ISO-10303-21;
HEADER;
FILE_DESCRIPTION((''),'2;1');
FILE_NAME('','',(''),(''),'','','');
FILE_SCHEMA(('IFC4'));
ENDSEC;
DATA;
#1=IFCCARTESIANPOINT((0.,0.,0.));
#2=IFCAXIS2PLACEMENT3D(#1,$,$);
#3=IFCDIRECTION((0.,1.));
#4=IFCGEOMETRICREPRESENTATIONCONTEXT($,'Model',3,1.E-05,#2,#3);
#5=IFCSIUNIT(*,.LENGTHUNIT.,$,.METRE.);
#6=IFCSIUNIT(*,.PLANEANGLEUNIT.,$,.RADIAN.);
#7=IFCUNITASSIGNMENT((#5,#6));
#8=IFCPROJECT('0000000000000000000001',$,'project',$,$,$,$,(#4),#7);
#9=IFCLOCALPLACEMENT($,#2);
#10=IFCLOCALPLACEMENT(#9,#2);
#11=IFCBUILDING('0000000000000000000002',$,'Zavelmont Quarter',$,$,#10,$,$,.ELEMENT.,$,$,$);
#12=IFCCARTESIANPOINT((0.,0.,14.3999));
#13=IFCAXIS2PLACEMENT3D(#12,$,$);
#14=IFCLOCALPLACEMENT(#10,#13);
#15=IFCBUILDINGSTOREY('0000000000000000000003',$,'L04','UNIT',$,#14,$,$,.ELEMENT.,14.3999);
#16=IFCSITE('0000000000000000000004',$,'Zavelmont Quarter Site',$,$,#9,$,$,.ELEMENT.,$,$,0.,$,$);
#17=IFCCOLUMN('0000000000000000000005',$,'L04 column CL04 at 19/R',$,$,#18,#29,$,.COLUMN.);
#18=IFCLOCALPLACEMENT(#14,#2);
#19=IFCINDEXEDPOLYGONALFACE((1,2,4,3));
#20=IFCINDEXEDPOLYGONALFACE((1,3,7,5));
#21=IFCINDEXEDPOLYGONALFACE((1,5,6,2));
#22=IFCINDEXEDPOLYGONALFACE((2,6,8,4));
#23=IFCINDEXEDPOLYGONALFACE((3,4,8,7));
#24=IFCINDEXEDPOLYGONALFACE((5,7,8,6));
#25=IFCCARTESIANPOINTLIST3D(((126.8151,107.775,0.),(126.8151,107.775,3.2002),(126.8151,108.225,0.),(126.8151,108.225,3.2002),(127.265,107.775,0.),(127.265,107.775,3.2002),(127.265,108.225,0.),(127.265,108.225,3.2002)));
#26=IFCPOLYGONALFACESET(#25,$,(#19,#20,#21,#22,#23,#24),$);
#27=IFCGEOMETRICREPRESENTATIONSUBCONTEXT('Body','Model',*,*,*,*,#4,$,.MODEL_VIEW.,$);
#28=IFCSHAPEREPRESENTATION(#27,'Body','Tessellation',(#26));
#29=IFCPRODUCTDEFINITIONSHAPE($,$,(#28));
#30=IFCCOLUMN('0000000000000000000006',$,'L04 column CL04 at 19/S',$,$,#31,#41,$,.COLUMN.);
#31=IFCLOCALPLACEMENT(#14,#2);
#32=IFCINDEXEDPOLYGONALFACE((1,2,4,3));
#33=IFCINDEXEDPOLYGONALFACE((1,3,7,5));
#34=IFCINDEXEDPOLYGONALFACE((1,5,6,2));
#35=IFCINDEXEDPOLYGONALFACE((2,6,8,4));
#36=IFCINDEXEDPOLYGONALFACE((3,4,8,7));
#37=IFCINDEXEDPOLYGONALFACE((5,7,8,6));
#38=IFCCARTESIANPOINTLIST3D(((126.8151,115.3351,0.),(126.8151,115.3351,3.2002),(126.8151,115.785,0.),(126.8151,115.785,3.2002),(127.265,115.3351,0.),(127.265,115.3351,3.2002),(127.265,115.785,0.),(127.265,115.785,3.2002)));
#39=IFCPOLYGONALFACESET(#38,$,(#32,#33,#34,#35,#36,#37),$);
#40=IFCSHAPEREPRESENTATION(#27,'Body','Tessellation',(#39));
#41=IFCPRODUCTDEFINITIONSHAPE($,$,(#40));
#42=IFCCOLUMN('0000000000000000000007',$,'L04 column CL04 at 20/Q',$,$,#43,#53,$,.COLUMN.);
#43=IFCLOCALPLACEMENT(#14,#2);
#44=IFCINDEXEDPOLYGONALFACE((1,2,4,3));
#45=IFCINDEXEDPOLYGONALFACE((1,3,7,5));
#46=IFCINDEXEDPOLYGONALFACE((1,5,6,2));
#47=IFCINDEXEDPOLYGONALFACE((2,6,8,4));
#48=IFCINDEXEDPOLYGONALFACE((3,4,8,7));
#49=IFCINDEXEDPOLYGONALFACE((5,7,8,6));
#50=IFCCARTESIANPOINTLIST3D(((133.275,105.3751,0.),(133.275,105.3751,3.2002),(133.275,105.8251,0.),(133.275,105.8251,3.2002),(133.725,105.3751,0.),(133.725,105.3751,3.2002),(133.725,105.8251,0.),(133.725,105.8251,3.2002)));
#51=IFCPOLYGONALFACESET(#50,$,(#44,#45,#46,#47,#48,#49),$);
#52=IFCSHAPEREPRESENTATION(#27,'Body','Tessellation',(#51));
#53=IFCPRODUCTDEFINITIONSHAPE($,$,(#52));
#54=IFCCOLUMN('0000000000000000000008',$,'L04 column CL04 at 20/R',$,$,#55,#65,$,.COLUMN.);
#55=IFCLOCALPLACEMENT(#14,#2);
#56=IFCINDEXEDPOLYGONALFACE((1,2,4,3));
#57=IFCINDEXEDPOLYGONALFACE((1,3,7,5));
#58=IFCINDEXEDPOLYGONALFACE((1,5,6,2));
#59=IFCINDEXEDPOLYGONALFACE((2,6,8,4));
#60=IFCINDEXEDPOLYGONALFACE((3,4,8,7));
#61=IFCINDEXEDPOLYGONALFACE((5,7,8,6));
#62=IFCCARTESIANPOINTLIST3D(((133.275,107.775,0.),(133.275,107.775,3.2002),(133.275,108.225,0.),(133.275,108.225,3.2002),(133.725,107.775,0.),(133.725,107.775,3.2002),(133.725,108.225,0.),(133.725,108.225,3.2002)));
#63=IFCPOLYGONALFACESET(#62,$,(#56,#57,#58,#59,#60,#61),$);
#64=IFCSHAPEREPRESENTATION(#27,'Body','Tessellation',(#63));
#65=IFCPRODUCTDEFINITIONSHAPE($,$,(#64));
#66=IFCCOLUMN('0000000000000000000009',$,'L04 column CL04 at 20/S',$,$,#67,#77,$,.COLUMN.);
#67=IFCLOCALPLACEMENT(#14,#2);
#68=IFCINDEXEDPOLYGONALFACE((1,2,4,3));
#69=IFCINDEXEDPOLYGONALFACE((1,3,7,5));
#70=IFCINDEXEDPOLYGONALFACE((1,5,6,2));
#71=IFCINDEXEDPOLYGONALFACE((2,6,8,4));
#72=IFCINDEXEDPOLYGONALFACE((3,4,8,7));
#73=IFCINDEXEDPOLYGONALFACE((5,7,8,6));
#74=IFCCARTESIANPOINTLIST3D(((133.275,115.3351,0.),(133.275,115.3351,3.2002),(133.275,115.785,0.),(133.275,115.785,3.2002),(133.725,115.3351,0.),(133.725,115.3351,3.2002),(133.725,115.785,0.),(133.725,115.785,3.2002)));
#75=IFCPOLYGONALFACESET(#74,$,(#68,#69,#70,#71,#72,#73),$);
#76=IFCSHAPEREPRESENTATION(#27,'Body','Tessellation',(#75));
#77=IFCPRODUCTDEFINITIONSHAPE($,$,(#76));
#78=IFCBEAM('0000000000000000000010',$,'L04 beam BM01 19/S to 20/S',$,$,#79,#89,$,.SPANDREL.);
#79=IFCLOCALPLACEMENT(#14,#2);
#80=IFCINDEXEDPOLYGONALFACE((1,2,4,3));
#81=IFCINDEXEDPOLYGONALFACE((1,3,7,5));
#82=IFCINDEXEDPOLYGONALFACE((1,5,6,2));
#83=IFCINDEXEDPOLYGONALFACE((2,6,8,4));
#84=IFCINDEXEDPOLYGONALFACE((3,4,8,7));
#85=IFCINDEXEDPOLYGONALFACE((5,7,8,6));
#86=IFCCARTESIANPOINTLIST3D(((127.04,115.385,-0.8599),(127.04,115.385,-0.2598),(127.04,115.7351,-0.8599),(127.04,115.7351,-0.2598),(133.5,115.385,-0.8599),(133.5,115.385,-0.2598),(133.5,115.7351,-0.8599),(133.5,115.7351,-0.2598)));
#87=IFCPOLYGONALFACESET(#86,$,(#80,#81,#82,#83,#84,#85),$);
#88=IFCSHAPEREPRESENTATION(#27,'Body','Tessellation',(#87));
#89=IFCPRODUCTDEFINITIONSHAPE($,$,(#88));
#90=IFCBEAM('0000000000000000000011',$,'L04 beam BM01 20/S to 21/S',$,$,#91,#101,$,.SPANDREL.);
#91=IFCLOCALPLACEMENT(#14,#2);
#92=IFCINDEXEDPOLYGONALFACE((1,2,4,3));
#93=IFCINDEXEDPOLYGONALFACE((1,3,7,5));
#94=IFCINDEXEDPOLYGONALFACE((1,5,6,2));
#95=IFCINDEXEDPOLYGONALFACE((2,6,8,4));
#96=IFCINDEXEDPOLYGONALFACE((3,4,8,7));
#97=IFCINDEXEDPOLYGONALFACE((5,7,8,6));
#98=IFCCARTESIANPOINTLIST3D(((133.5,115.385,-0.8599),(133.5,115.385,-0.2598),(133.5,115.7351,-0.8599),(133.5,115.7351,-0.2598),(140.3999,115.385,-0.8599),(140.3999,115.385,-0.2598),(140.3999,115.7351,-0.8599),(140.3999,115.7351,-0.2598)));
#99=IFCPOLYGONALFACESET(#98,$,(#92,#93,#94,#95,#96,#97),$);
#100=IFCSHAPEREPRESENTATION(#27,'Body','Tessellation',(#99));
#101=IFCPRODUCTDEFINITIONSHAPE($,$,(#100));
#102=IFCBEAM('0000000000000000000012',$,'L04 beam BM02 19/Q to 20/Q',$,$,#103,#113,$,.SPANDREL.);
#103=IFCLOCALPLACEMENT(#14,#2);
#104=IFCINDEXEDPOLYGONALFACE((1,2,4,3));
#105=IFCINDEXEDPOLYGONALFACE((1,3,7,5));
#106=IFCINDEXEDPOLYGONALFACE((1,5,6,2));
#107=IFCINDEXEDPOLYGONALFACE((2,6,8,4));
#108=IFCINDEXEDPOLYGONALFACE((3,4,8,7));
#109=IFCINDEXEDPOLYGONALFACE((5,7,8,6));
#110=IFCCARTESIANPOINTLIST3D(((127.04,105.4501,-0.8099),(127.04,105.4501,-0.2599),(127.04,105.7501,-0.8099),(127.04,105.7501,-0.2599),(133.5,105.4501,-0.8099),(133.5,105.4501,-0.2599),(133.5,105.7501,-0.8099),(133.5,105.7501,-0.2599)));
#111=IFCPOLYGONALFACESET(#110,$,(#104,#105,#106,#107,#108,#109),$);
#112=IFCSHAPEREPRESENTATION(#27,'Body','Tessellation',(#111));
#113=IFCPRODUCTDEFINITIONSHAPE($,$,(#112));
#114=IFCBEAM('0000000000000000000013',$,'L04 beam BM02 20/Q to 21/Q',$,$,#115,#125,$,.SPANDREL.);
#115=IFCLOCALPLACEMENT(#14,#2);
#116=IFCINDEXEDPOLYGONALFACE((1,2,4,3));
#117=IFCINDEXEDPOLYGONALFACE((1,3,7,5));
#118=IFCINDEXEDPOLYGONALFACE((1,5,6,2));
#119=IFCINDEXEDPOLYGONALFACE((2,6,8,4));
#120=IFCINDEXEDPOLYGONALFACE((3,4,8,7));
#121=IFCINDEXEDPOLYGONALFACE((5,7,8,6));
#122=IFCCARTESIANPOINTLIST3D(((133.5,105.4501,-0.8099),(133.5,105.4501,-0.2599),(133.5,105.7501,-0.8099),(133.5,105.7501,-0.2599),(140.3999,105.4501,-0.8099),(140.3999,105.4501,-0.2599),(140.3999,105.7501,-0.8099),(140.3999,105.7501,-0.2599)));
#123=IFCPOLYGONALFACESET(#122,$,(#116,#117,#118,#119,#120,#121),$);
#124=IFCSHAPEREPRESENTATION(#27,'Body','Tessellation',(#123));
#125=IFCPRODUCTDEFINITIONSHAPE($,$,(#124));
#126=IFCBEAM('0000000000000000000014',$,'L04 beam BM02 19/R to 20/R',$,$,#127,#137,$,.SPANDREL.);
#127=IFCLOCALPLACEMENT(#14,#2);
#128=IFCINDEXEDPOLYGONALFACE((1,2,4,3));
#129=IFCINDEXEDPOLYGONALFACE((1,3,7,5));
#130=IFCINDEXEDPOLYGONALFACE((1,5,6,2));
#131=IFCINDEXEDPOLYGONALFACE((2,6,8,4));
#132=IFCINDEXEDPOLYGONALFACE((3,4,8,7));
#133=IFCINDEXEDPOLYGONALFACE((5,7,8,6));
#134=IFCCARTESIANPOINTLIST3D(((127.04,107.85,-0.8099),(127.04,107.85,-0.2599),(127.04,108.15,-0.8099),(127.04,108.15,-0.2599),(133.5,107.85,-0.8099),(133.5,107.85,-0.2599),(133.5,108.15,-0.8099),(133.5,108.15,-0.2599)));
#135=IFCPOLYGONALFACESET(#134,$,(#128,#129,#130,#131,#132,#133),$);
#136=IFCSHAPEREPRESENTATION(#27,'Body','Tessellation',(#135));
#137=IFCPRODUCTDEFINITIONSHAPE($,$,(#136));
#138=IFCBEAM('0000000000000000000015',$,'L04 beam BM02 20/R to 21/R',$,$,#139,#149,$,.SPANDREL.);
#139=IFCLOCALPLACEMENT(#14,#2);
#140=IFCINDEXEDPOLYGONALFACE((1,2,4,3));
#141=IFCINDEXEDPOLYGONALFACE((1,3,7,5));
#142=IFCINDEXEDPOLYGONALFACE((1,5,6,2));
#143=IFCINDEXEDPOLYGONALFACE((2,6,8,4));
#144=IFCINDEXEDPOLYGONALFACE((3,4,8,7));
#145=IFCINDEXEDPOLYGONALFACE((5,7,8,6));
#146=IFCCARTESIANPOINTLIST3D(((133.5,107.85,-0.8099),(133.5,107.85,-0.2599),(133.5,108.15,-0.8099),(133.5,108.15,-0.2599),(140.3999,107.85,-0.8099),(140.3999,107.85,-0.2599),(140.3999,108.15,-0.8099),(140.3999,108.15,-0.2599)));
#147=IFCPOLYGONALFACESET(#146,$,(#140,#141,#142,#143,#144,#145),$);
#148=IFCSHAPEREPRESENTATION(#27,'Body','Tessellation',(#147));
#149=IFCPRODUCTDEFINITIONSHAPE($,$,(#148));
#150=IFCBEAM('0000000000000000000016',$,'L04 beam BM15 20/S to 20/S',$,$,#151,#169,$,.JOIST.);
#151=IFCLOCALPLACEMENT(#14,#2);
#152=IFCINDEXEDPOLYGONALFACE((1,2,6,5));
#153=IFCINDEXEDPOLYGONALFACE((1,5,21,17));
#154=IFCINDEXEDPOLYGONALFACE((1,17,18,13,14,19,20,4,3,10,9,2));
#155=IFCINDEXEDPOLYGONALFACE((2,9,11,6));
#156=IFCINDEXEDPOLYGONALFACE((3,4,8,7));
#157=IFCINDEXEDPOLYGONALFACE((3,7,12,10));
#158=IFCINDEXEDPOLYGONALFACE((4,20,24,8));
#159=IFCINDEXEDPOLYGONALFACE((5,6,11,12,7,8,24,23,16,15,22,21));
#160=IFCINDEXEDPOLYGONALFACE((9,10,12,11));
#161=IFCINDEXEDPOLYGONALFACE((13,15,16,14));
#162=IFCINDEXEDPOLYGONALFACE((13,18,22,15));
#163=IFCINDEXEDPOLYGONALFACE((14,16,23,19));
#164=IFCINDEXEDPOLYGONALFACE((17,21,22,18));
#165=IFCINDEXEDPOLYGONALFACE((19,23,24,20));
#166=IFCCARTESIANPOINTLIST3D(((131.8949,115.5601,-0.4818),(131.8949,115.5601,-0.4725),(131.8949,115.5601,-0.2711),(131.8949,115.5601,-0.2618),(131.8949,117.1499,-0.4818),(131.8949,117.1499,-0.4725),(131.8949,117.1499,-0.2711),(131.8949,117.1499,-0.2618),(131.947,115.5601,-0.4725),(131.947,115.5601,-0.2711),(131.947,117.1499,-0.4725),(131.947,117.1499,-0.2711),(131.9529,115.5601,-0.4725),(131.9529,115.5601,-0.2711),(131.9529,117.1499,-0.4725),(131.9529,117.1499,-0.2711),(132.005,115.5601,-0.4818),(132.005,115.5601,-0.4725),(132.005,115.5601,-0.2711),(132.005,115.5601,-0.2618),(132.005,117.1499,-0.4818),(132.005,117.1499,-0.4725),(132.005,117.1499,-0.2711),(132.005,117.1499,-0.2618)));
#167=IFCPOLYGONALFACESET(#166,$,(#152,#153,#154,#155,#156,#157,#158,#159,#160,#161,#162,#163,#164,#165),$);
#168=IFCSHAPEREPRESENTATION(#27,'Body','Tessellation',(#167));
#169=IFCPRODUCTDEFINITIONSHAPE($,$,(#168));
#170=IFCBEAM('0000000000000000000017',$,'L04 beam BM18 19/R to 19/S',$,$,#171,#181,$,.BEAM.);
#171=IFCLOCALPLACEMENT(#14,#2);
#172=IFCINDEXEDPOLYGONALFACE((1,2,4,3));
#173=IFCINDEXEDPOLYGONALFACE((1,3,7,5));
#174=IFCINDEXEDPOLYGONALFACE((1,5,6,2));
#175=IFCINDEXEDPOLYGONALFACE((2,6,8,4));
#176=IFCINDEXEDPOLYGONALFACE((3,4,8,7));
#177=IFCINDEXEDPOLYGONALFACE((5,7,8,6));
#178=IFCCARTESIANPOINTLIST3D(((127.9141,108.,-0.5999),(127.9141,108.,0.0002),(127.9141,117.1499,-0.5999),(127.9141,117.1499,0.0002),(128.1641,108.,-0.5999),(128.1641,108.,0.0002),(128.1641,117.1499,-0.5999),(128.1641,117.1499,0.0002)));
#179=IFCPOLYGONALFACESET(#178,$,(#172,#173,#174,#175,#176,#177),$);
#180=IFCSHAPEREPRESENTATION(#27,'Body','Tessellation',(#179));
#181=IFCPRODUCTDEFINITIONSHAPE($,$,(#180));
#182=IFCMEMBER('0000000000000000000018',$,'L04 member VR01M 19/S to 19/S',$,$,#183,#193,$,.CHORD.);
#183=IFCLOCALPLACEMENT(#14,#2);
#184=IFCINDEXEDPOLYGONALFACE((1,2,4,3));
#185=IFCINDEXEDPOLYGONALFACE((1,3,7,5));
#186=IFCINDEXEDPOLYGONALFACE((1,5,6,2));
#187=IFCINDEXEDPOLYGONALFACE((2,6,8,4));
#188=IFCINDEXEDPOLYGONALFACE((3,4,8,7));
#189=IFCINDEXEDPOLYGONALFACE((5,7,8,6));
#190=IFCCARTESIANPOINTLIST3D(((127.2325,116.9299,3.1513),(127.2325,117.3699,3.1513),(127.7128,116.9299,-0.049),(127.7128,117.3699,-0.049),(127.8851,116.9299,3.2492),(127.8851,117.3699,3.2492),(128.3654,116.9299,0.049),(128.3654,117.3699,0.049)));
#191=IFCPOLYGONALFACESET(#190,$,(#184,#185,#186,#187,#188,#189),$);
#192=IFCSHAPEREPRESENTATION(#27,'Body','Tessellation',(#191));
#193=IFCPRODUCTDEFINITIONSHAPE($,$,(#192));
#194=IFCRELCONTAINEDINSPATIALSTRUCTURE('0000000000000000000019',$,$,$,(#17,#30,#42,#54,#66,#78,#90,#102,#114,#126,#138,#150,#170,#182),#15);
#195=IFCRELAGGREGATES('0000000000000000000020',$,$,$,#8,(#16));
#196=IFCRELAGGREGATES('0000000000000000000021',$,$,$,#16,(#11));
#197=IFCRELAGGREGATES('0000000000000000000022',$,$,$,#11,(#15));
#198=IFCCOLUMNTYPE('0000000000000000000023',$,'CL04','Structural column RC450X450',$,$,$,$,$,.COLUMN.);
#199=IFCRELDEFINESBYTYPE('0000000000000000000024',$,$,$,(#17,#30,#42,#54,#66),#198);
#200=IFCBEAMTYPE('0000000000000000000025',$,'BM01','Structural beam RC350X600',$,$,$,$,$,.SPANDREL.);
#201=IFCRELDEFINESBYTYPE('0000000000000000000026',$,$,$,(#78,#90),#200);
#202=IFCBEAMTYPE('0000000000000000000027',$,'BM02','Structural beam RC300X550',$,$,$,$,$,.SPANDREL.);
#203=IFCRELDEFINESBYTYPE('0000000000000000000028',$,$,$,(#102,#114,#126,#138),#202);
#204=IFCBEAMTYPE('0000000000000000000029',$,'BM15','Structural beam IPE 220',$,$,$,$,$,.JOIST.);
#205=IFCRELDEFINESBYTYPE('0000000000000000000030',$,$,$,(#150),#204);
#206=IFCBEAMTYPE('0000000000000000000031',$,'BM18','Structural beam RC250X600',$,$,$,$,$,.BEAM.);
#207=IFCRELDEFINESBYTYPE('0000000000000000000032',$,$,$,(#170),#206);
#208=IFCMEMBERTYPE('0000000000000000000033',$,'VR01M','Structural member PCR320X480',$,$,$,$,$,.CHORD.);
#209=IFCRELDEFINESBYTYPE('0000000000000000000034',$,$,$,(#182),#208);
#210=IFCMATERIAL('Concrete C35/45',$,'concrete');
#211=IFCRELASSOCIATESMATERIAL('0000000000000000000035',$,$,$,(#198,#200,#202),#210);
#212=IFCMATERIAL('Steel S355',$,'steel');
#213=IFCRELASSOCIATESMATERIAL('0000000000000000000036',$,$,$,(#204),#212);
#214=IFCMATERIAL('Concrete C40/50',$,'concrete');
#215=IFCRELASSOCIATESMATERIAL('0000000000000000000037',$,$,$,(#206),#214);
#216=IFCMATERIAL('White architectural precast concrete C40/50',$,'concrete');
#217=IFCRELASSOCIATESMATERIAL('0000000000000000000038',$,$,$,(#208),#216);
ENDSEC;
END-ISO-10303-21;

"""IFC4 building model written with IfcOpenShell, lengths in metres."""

from ifc_helpers import new_model, si_unit, direction, frame, origin, origin_2d, place, context, subcontext, project, spatial, rectangle, i_section, extrude, material, material_profile, profile_set, type_object, element, save


model = new_model("IFC4")

# Units and contexts
model_context = context("Model", 3, precision=1e-05, world=origin(), true_north=direction((0.0, 1.0)))
body_context = subcontext(model_context, "Body", "Model", "MODEL_VIEW")
ifc_project = project(units=[si_unit("LENGTHUNIT", "METRE"), si_unit("PLANEANGLEUNIT", "RADIAN")], contexts=[model_context])

# Site, building, storey
site_placement = place(None, origin())
site = spatial("IfcSite", under=ifc_project, at=site_placement, Name="Zavelmont Quarter Site", CompositionType="ELEMENT", RefElevation=0.0)
building_placement = place(site_placement, origin())
building = spatial("IfcBuilding", under=site, at=building_placement, Name="Zavelmont Quarter", CompositionType="ELEMENT")
storey_placement = place(building_placement, frame((0.0, 0.0, 14.3999)))
storey = spatial("IfcBuildingStorey", under=building, at=storey_placement, Name="L04", Description="UNIT", CompositionType="ELEMENT", Elevation=14.3999)

# Columns
ifc_material_1 = material(Name="Concrete C35/45", Category="concrete")
ifc_material_profile_1 = material_profile(ifc_material_1, rectangle(XDim=0.45, YDim=0.45, at=origin_2d()), Name="RC450X450")
ifc_profile_set_1 = profile_set([ifc_material_profile_1], Name="Concrete C35/45")
column_type = type_object("IfcColumnType", Name="CL04", Description="Structural column RC450X450", PredefinedType="COLUMN", material=ifc_profile_set_1)
for number, where, z_axis, x_axis, name in (
    (1, (127.04, 108.0, 0.0), (0.0, 0.0, 1.0), (1.0, 0.0, 0.0), "L04 column CL04 at 19/R"),
    (2, (127.04, 115.5601, 0.0), (0.0, 0.0, 1.0), (1.0, 0.0, 0.0), "L04 column CL04 at 19/S"),
    (3, (133.5, 105.6001, 0.0), (0.0, 0.0, 1.0), (1.0, 0.0, 0.0), "L04 column CL04 at 20/Q"),
    (4, (133.5, 108.0, 0.0), (0.0, 0.0, 1.0), (1.0, 0.0, 0.0), "L04 column CL04 at 20/R"),
    (5, (133.5, 115.5601, 0.0), (0.0, 0.0, 1.0), (1.0, 0.0, 0.0), "L04 column CL04 at 20/S"),
):
    element("IfcColumn", number, at=place(storey_placement, frame(where, z_axis=z_axis, x_axis=x_axis)), inside=storey, type_object=column_type, Name=name, PredefinedType="COLUMN", context=body_context, shape_type="SweptSolid", body=[
        extrude(rectangle(XDim=0.45, YDim=0.45, at=origin_2d()), origin(), (0.0, 0.0, 1.0), 3.2002),
    ])

# Beams
ifc_material_profile_2 = material_profile(ifc_material_1, rectangle(XDim=0.3501, YDim=0.6001, at=origin_2d()), Name="RC350X600")
ifc_profile_set_2 = profile_set([ifc_material_profile_2], Name="Concrete C35/45")
beam_type_1 = type_object("IfcBeamType", Name="BM01", Description="Structural beam RC350X600", PredefinedType="SPANDREL", material=ifc_profile_set_2)
beam_1_placement = place(storey_placement, frame((127.04, 115.5601, -0.5598), z_axis=(1.0, 0.0, 0.0), x_axis=(0.0, 1.0, 0.0)))
element("IfcBeam", 6, at=beam_1_placement, inside=storey, type_object=beam_type_1, Name="L04 beam BM01 19/S to 20/S", PredefinedType="SPANDREL", context=body_context, shape_type="SweptSolid", body=[
    extrude(rectangle(XDim=0.3501, YDim=0.6001, at=origin_2d()), origin(), (0.0, 0.0, 1.0), 6.46),
])
beam_2_placement = place(storey_placement, frame((133.5, 115.5601, -0.5598), z_axis=(1.0, 0.0, 0.0), x_axis=(0.0, 1.0, 0.0)))
element("IfcBeam", 7, at=beam_2_placement, inside=storey, type_object=beam_type_1, Name="L04 beam BM01 20/S to 21/S", PredefinedType="SPANDREL", context=body_context, shape_type="SweptSolid", body=[
    extrude(rectangle(XDim=0.3501, YDim=0.6001, at=origin_2d()), origin(), (0.0, 0.0, 1.0), 6.8999),
])
ifc_material_profile_3 = material_profile(ifc_material_1, rectangle(XDim=0.3, YDim=0.55, at=origin_2d()), Name="RC300X550")
ifc_profile_set_3 = profile_set([ifc_material_profile_3], Name="Concrete C35/45")
beam_type_2 = type_object("IfcBeamType", Name="BM02", Description="Structural beam RC300X550", PredefinedType="SPANDREL", material=ifc_profile_set_3)
beam_3_placement = place(storey_placement, frame((127.04, 105.6001, -0.5349), z_axis=(1.0, 0.0, 0.0), x_axis=(0.0, 1.0, 0.0)))
element("IfcBeam", 8, at=beam_3_placement, inside=storey, type_object=beam_type_2, Name="L04 beam BM02 19/Q to 20/Q", PredefinedType="SPANDREL", context=body_context, shape_type="SweptSolid", body=[
    extrude(rectangle(XDim=0.3, YDim=0.55, at=origin_2d()), origin(), (0.0, 0.0, 1.0), 6.46),
])
beam_4_placement = place(storey_placement, frame((133.5, 105.6001, -0.5349), z_axis=(1.0, 0.0, 0.0), x_axis=(0.0, 1.0, 0.0)))
element("IfcBeam", 9, at=beam_4_placement, inside=storey, type_object=beam_type_2, Name="L04 beam BM02 20/Q to 21/Q", PredefinedType="SPANDREL", context=body_context, shape_type="SweptSolid", body=[
    extrude(rectangle(XDim=0.3, YDim=0.55, at=origin_2d()), origin(), (0.0, 0.0, 1.0), 6.8999),
])
beam_5_placement = place(storey_placement, frame((127.04, 108.0, -0.5349), z_axis=(1.0, 0.0, 0.0), x_axis=(0.0, 1.0, 0.0)))
element("IfcBeam", 10, at=beam_5_placement, inside=storey, type_object=beam_type_2, Name="L04 beam BM02 19/R to 20/R", PredefinedType="SPANDREL", context=body_context, shape_type="SweptSolid", body=[
    extrude(rectangle(XDim=0.3, YDim=0.55, at=origin_2d()), origin(), (0.0, 0.0, 1.0), 6.46),
])
beam_6_placement = place(storey_placement, frame((133.5, 108.0, -0.5349), z_axis=(1.0, 0.0, 0.0), x_axis=(0.0, 1.0, 0.0)))
element("IfcBeam", 11, at=beam_6_placement, inside=storey, type_object=beam_type_2, Name="L04 beam BM02 20/R to 21/R", PredefinedType="SPANDREL", context=body_context, shape_type="SweptSolid", body=[
    extrude(rectangle(XDim=0.3, YDim=0.55, at=origin_2d()), origin(), (0.0, 0.0, 1.0), 6.8999),
])
ifc_material_2 = material(Name="Steel S355", Category="steel")
ifc_material_profile_4 = material_profile(ifc_material_2, i_section(OverallWidth=0.1101, OverallDepth=0.22, WebThickness=0.0059, FlangeThickness=0.0093, at=origin_2d()), Name="IPE 220")
ifc_profile_set_4 = profile_set([ifc_material_profile_4], Name="Steel S355")
beam_type_3 = type_object("IfcBeamType", Name="BM15", Description="Structural beam IPE 220", PredefinedType="JOIST", material=ifc_profile_set_4)
beam_7_placement = place(storey_placement, frame((131.95, 115.5601, -0.3718), z_axis=(0.0, 1.0, 0.0), x_axis=(-1.0, 0.0, 0.0)))
element("IfcBeam", 12, at=beam_7_placement, inside=storey, type_object=beam_type_3, Name="L04 beam BM15 20/S to 20/S", PredefinedType="JOIST", context=body_context, shape_type="SweptSolid", body=[
    extrude(i_section(OverallWidth=0.1101, OverallDepth=0.22, WebThickness=0.0059, FlangeThickness=0.0093, at=origin_2d()), origin(), (0.0, 0.0, 1.0), 1.5898),
])
ifc_material_3 = material(Name="Concrete C40/50", Category="concrete")
ifc_material_profile_5 = material_profile(ifc_material_3, rectangle(XDim=0.25, YDim=0.6001, at=origin_2d()), Name="RC250X600")
ifc_profile_set_5 = profile_set([ifc_material_profile_5], Name="Concrete C40/50")
beam_type_4 = type_object("IfcBeamType", Name="BM18", Description="Structural beam RC250X600", PredefinedType="BEAM", material=ifc_profile_set_5)
beam_8_placement = place(storey_placement, frame((128.0391, 108.0, -0.2998), z_axis=(0.0, 1.0, 0.0), x_axis=(-1.0, 0.0, 0.0)))
element("IfcBeam", 13, at=beam_8_placement, inside=storey, type_object=beam_type_4, Name="L04 beam BM18 19/R to 19/S", PredefinedType="BEAM", context=body_context, shape_type="SweptSolid", body=[
    extrude(rectangle(XDim=0.25, YDim=0.6001, at=origin_2d()), origin(), (0.0, 0.0, 1.0), 9.1499),
])

# Member
ifc_material_4 = material(Name="White architectural precast concrete C40/50", Category="concrete")
ifc_material_profile_6 = material_profile(ifc_material_4, rectangle(XDim=0.4399, YDim=0.6599, at=origin_2d()), Name="PCR320X480")
ifc_profile_set_6 = profile_set([ifc_material_profile_6], Name="White architectural precast concrete C40/50")
member_type = type_object("IfcMemberType", Name="VR01M", Description="Structural member PCR320X480", PredefinedType="CHORD", material=ifc_profile_set_6)
member_placement = place(storey_placement, frame((128.0391, 117.1499, 0.0), z_axis=(-0.148399, 0.0, 0.988927), x_axis=(0.0, -1.0, 0.0)))
element("IfcMember", 14, at=member_placement, inside=storey, type_object=member_type, Name="L04 member VR01M 19/S to 19/S", PredefinedType="CHORD", context=body_context, shape_type="SweptSolid", body=[
    extrude(rectangle(XDim=0.4399, YDim=0.6599, at=origin_2d()), origin(), (0.0, 0.0, 1.0), 3.2361),
])

save(model, "model.ifc")
